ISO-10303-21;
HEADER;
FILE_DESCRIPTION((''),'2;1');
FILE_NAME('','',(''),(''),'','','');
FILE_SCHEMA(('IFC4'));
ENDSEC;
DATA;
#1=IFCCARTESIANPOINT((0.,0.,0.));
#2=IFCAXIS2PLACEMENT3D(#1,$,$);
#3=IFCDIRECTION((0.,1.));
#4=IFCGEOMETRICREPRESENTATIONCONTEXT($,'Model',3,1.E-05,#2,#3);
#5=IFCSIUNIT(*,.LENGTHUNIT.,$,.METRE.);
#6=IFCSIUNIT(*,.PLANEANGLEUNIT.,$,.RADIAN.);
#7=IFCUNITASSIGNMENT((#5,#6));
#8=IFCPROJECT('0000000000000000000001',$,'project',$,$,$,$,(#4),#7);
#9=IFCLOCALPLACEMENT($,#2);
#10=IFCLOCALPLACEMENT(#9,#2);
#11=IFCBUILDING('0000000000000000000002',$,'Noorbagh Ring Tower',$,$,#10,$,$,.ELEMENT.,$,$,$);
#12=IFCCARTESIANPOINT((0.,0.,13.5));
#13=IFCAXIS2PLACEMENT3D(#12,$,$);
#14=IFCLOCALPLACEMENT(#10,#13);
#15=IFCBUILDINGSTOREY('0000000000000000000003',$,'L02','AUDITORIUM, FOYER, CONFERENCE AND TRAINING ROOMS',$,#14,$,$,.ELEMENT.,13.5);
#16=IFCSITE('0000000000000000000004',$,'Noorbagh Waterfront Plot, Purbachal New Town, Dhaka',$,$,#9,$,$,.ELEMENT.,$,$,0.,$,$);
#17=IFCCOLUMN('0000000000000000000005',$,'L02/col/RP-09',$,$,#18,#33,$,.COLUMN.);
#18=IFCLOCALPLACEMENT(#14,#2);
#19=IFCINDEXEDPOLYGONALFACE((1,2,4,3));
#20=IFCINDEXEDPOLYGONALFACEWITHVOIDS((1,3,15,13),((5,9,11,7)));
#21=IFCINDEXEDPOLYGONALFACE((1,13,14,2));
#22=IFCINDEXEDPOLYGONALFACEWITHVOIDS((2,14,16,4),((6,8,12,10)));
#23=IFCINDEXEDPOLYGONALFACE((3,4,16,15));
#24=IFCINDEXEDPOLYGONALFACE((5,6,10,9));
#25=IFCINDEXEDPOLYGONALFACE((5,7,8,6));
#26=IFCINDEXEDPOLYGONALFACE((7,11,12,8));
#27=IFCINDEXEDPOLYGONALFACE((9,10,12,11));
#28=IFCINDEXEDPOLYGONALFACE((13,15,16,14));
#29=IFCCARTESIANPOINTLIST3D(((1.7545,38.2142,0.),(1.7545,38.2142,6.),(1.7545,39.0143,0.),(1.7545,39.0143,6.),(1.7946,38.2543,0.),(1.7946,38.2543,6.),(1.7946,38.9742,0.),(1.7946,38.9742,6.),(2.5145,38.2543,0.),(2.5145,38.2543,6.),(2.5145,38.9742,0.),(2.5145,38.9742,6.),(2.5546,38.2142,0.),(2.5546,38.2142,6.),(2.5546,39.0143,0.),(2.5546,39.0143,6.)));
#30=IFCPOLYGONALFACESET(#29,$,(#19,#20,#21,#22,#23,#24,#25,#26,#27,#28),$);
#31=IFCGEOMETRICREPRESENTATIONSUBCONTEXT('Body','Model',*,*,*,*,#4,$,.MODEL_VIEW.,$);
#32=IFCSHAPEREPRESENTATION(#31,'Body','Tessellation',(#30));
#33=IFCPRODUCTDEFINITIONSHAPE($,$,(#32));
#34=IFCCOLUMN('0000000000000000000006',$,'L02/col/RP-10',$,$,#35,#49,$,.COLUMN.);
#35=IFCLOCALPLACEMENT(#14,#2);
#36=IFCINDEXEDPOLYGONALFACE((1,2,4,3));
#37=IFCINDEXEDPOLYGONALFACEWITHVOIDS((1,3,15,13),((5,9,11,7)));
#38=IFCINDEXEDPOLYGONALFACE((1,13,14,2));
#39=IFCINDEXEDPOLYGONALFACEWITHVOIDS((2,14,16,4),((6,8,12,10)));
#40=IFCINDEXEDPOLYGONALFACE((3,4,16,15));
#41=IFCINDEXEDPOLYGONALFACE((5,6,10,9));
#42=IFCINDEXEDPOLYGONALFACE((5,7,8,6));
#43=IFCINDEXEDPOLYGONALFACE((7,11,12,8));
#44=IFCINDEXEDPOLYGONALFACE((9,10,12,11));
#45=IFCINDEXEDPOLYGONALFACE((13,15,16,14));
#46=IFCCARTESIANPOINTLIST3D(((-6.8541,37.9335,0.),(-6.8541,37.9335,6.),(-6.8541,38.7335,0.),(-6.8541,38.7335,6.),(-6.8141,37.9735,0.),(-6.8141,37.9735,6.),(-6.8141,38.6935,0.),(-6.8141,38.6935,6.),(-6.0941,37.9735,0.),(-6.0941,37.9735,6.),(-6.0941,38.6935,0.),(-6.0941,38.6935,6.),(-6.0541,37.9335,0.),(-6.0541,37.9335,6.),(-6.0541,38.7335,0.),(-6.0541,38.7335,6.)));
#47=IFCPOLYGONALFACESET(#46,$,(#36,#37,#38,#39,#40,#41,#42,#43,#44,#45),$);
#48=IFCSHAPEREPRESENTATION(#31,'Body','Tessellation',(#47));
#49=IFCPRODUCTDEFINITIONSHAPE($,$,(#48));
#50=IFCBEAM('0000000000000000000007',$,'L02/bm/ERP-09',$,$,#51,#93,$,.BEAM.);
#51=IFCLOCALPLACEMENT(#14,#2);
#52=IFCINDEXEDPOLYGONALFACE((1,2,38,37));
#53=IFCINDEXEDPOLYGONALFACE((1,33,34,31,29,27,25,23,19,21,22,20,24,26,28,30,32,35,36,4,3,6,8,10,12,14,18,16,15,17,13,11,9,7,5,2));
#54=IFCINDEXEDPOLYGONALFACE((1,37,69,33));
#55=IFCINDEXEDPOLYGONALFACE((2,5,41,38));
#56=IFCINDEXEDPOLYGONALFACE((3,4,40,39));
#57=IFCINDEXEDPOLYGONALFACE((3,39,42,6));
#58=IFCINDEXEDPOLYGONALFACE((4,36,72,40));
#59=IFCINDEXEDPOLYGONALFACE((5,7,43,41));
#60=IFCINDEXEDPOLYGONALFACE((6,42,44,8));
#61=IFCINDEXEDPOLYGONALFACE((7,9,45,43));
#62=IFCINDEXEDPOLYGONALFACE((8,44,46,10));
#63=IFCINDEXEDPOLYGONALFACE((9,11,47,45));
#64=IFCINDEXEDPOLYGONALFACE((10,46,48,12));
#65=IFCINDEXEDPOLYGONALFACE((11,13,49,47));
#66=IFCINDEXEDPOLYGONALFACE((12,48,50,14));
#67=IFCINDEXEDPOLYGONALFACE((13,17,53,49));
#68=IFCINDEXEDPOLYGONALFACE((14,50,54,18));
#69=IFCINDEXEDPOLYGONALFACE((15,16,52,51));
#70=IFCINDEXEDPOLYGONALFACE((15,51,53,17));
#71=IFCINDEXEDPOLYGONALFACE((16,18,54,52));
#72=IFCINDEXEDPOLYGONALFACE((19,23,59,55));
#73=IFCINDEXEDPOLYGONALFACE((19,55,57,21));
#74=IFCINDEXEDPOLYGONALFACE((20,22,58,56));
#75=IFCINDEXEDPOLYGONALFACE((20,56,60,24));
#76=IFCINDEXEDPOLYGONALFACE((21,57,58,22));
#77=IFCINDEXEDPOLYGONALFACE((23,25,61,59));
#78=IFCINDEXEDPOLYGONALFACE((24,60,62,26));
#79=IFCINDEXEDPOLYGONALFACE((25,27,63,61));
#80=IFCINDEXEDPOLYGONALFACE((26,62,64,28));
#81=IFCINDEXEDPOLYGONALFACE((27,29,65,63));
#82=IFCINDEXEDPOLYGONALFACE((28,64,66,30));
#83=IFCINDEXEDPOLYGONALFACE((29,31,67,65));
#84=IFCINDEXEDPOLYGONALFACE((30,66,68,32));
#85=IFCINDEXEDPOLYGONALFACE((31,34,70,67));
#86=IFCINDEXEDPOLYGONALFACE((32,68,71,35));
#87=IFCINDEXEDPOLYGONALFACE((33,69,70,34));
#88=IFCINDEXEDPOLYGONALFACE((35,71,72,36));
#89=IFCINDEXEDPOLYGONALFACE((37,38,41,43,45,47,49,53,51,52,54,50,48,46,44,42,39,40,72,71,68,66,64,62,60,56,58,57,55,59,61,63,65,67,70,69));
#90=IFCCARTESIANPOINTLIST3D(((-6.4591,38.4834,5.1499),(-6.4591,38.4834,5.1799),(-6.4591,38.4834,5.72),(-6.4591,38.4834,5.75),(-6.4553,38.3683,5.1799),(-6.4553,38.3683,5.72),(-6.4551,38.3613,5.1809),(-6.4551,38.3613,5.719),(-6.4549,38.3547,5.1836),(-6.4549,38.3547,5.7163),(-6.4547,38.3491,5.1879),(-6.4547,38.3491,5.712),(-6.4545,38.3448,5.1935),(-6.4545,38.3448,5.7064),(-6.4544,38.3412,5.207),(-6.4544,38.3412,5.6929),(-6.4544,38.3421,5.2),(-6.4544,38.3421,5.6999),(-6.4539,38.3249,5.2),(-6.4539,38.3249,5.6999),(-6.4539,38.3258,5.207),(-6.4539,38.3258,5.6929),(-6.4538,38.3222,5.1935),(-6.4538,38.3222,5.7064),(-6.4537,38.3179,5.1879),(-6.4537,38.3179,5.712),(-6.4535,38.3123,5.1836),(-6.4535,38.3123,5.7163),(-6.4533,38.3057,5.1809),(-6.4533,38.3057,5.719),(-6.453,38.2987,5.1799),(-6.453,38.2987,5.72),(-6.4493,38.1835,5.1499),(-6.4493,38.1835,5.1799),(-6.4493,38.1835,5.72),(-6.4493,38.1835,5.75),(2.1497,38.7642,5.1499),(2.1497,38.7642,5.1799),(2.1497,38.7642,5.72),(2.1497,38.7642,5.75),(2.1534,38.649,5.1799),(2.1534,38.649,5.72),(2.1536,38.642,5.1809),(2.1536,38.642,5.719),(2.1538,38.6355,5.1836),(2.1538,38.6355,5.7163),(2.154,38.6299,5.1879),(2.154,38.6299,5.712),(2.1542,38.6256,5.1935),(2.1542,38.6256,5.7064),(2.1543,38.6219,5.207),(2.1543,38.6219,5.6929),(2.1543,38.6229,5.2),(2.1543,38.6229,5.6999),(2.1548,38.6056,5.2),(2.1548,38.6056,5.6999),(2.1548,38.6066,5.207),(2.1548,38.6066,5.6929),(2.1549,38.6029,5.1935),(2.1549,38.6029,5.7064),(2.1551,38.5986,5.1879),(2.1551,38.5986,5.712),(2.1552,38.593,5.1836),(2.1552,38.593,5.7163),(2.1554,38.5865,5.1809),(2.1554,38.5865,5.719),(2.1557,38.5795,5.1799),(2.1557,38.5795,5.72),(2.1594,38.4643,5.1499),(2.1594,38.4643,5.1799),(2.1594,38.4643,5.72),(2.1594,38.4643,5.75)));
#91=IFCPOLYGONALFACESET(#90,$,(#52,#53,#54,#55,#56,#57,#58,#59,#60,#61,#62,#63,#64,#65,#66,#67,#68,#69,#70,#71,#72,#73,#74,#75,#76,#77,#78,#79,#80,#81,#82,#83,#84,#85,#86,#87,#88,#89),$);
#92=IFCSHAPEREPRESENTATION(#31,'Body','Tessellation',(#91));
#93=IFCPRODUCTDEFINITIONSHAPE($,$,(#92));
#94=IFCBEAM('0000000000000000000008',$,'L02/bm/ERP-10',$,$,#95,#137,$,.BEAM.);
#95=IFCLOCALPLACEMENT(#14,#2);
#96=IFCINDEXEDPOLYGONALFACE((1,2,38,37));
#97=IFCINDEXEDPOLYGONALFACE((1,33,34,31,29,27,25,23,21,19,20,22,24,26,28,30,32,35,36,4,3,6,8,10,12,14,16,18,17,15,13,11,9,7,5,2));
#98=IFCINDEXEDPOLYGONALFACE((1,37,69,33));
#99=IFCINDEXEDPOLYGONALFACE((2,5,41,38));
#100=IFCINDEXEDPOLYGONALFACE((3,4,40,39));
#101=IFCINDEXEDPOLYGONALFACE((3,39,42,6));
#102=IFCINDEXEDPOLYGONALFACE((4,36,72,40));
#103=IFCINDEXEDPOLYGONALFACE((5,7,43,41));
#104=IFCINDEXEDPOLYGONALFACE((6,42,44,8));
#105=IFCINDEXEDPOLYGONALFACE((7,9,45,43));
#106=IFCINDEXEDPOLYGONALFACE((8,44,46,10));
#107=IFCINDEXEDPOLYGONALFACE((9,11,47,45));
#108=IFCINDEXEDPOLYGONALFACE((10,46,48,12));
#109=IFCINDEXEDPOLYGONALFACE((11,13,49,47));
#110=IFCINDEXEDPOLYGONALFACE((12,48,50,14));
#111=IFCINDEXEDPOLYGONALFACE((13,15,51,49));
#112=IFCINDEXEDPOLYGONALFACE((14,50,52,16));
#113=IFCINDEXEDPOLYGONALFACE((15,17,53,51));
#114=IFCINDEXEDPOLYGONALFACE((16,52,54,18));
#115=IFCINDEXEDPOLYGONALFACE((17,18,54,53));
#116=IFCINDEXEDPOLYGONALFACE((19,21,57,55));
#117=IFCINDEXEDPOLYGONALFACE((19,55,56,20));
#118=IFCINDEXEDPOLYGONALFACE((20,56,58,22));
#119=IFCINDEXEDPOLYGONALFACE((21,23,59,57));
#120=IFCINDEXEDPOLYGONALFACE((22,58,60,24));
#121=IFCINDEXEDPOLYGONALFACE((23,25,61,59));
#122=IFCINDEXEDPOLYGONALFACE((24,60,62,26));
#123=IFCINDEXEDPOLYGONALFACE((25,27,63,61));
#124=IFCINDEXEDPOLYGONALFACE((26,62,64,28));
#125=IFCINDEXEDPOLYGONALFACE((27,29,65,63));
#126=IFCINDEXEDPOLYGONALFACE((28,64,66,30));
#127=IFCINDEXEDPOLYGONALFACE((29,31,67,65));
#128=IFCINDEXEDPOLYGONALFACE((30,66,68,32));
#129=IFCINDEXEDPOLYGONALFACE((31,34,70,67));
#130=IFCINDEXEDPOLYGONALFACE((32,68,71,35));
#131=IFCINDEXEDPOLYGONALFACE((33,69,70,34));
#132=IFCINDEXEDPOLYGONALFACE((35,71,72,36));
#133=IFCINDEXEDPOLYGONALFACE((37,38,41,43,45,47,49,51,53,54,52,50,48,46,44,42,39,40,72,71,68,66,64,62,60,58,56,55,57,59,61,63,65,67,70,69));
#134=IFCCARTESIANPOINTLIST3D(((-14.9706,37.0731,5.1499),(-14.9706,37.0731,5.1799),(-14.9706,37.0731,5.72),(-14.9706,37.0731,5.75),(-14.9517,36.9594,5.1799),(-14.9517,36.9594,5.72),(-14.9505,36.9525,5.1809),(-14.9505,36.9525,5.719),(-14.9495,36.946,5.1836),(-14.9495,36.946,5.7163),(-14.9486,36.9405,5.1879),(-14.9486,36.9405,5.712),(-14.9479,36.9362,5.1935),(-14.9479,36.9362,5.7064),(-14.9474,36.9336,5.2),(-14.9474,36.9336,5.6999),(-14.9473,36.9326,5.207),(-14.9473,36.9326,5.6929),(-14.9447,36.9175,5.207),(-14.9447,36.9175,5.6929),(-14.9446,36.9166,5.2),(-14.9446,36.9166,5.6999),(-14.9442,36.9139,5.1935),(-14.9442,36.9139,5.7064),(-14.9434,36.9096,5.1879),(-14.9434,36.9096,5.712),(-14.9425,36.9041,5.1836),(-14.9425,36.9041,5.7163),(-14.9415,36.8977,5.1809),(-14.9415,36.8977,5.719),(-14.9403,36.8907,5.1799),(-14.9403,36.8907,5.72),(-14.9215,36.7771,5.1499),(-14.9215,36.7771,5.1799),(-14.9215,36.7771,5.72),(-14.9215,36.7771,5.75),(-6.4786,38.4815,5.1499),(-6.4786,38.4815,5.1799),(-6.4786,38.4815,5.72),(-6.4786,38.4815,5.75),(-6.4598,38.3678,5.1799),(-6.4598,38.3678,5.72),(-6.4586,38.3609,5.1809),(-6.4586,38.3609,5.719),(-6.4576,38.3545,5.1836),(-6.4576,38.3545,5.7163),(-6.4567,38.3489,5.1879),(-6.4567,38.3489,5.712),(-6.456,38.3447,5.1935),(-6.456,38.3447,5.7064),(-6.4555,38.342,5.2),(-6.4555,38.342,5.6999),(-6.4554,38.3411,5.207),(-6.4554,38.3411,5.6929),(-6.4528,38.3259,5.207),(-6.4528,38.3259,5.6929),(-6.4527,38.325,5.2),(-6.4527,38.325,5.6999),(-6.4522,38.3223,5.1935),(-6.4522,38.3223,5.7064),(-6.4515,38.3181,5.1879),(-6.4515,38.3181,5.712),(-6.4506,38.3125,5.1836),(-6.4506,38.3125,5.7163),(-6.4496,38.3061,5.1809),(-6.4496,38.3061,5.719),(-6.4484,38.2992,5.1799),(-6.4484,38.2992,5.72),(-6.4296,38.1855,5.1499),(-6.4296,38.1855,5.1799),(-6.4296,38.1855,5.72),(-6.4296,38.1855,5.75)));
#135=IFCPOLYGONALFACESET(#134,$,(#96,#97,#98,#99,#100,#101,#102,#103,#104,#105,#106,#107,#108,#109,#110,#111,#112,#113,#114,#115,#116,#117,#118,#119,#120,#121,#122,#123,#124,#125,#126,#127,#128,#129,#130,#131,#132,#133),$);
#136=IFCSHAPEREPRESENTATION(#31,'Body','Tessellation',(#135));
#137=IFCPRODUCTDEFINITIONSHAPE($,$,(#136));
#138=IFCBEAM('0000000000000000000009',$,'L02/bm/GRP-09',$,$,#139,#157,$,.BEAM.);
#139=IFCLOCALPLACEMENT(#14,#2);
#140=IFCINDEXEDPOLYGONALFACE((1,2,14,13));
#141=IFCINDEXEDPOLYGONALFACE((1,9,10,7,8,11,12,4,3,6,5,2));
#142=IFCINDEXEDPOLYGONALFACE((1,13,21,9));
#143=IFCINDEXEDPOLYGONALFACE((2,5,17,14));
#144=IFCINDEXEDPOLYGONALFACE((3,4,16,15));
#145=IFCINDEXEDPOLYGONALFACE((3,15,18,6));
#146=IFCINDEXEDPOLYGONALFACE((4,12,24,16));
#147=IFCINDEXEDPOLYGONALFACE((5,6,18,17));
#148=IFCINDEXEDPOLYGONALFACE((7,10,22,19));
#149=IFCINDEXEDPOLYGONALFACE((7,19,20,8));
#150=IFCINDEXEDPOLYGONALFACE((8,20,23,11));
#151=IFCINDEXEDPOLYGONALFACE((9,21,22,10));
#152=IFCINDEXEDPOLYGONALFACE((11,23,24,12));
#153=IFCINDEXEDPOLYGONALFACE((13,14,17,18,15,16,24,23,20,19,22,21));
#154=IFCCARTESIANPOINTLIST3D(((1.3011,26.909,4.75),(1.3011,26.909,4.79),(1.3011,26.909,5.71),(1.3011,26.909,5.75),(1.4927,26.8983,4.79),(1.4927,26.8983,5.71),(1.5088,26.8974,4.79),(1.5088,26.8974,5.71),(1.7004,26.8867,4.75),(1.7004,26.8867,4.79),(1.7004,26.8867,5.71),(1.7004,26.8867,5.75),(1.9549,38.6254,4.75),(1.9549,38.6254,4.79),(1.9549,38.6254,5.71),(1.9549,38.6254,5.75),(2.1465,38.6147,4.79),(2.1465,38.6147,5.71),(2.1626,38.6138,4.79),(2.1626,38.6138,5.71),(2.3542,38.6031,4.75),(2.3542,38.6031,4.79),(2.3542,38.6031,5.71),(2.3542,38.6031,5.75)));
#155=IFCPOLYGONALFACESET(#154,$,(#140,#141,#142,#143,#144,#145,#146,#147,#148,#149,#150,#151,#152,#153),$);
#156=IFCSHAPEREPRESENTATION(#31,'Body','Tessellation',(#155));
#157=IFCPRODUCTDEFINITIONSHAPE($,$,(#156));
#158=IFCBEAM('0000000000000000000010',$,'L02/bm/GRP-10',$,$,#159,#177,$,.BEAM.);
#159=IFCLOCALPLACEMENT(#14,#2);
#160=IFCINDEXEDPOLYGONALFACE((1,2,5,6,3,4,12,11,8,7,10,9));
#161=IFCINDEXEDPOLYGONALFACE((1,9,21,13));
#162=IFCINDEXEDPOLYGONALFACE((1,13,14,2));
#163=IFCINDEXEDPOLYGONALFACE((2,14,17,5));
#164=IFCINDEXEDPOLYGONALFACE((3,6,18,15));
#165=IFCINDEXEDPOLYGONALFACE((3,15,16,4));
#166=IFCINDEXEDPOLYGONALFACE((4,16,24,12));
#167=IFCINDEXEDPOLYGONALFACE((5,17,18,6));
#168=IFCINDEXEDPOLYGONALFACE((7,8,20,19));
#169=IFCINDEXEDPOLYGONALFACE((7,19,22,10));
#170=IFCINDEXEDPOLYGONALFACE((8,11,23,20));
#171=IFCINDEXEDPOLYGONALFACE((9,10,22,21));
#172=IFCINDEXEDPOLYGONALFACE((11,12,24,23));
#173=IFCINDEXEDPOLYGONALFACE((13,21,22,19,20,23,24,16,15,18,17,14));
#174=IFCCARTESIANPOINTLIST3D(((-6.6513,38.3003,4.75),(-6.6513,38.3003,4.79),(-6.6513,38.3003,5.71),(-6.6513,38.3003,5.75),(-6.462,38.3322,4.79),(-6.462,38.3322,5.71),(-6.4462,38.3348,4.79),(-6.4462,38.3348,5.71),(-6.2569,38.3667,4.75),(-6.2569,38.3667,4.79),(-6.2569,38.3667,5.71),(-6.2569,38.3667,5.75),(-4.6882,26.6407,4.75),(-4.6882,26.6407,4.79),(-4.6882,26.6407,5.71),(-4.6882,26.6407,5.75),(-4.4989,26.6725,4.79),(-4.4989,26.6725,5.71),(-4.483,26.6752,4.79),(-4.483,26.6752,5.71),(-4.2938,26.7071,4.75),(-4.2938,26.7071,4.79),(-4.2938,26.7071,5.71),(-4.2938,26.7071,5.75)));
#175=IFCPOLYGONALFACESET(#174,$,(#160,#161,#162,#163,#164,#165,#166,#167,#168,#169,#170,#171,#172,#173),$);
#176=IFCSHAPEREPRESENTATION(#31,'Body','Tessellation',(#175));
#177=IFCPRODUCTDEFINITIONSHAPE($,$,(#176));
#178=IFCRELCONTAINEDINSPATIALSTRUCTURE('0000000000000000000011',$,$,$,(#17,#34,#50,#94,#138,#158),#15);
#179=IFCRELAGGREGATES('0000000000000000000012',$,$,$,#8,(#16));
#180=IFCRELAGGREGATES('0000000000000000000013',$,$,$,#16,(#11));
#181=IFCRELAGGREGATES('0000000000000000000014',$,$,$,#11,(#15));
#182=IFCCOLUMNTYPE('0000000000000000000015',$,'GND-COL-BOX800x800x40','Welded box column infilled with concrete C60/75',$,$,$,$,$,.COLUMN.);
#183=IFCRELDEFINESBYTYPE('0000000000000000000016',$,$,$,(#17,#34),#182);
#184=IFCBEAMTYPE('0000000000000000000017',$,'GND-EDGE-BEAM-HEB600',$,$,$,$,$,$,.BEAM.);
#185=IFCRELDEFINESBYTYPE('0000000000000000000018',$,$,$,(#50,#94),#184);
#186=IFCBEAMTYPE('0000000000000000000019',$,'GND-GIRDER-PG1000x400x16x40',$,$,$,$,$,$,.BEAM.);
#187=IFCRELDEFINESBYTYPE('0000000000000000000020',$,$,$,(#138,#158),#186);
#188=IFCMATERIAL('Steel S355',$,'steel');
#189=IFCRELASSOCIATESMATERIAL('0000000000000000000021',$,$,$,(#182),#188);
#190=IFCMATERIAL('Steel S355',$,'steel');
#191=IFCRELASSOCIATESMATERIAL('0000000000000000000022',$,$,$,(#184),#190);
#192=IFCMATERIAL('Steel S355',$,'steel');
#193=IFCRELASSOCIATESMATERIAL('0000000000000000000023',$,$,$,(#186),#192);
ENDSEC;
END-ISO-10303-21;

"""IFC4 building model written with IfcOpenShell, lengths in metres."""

from ifc_helpers import new_model, si_unit, direction, frame, origin, origin_2d, place, context, subcontext, project, spatial, hollow_rectangle, i_section, extrude, material, material_profile, profile_set, type_object, element, save


model = new_model("IFC4")

# Units and contexts
model_context = context("Model", 3, precision=1e-05, world=origin(), true_north=direction((0.0, 1.0)))
body_context = subcontext(model_context, "Body", "Model", "MODEL_VIEW")
ifc_project = project(units=[si_unit("LENGTHUNIT", "METRE"), si_unit("PLANEANGLEUNIT", "RADIAN")], contexts=[model_context])

# Site, building, storey
site_placement = place(None, origin())
site = spatial("IfcSite", under=ifc_project, at=site_placement, Name="Noorbagh Waterfront Plot, Purbachal New Town, Dhaka", CompositionType="ELEMENT", RefElevation=0.0)
building_placement = place(site_placement, origin())
building = spatial("IfcBuilding", under=site, at=building_placement, Name="Noorbagh Ring Tower", CompositionType="ELEMENT")
storey_placement = place(building_placement, frame((0.0, 0.0, 13.5)))
storey = spatial("IfcBuildingStorey", under=building, at=storey_placement, Name="L02", Description="AUDITORIUM, FOYER, CONFERENCE AND TRAINING ROOMS", CompositionType="ELEMENT", Elevation=13.5)

# Columns
ifc_material_1 = material(Name="Steel S355", Category="steel")
ifc_material_profile_1 = material_profile(ifc_material_1, hollow_rectangle(XDim=0.8, YDim=0.8, WallThickness=0.04, at=origin_2d()), Name="BOX800x800x40")
ifc_profile_set_1 = profile_set([ifc_material_profile_1], Name="Steel S355")
column_type = type_object("IfcColumnType", Name="GND-COL-BOX800x800x40", Description="Welded box column infilled with concrete C60/75", PredefinedType="COLUMN", material=ifc_profile_set_1)
for number, where, z_axis, x_axis, name in (
    (1, (2.1545, 38.6143, 0.0), (0.0, 0.0, 1.0), (1.0, 0.0, 0.0), "L02/col/RP-09"),
    (2, (-6.4541, 38.3335, 0.0), (0.0, 0.0, 1.0), (1.0, 0.0, 0.0), "L02/col/RP-10"),
):
    element("IfcColumn", number, at=place(storey_placement, frame(where, z_axis=z_axis, x_axis=x_axis)), inside=storey, type_object=column_type, Name=name, PredefinedType="COLUMN", context=body_context, shape_type="SweptSolid", body=[
        extrude(hollow_rectangle(XDim=0.8, YDim=0.8, WallThickness=0.04, at=origin_2d()), origin(), (0.0, 0.0, 1.0), 6.0),
    ])

# Beams
ifc_material_2 = material(Name="Steel S355", Category="steel")
ifc_material_profile_2 = material_profile(ifc_material_2, i_section(OverallWidth=0.3, OverallDepth=0.6001, WebThickness=0.0154, FlangeThickness=0.03, FilletRadius=0.0271, at=origin_2d()), Name="HEB600")
ifc_profile_set_2 = profile_set([ifc_material_profile_2], Name="Steel S355")
beam_type_1 = type_object("IfcBeamType", Name="GND-EDGE-BEAM-HEB600", PredefinedType="BEAM", material=ifc_profile_set_2)
beam_1_placement = place(storey_placement, frame((2.1545, 38.6143, 5.45), z_axis=(-0.999469, -0.032597, 0.0), x_axis=(0.032597, -0.999469, 0.0)))
element("IfcBeam", 3, at=beam_1_placement, inside=storey, type_object=beam_type_1, Name="L02/bm/ERP-09", PredefinedType="BEAM", context=body_context, shape_type="SweptSolid", body=[
    extrude(i_section(OverallWidth=0.3, OverallDepth=0.6001, WebThickness=0.0154, FlangeThickness=0.03, FilletRadius=0.0271, at=origin_2d()), origin(), (0.0, 0.0, 1.0), 8.6133),
])
beam_2_placement = place(storey_placement, frame((-6.4541, 38.3335, 5.45), z_axis=(-0.986523, -0.163622, 0.0), x_axis=(0.163622, -0.986523, 0.0)))
element("IfcBeam", 4, at=beam_2_placement, inside=storey, type_object=beam_type_1, Name="L02/bm/ERP-10", PredefinedType="BEAM", context=body_context, shape_type="SweptSolid", body=[
    extrude(i_section(OverallWidth=0.3, OverallDepth=0.6001, WebThickness=0.0154, FlangeThickness=0.03, FilletRadius=0.0271, at=origin_2d()), origin(), (0.0, 0.0, 1.0), 8.6079),
])
ifc_material_3 = material(Name="Steel S355", Category="steel")
ifc_material_profile_3 = material_profile(ifc_material_3, i_section(OverallWidth=0.3999, OverallDepth=1.0, WebThickness=0.0161, FlangeThickness=0.04, at=origin_2d()), Name="PG1000x400x16x40")
ifc_profile_set_3 = profile_set([ifc_material_profile_3], Name="Steel S355")
beam_type_2 = type_object("IfcBeamType", Name="GND-GIRDER-PG1000x400x16x40", PredefinedType="BEAM", material=ifc_profile_set_3)
beam_3_placement = place(storey_placement, frame((2.1545, 38.6143, 5.25), z_axis=(-0.055717, -0.998447, 0.0), x_axis=(0.998447, -0.055717, 0.0)))
element("IfcBeam", 5, at=beam_3_placement, inside=storey, type_object=beam_type_2, Name="L02/bm/GRP-09", PredefinedType="BEAM", context=body_context, shape_type="SweptSolid", body=[
    extrude(i_section(OverallWidth=0.3999, OverallDepth=1.0, WebThickness=0.0161, FlangeThickness=0.04, at=origin_2d()), origin(), (0.0, 0.0, 1.0), 11.7346),
])
beam_4_placement = place(storey_placement, frame((-6.4541, 38.3335, 5.25), z_axis=(0.166033, -0.98612, 0.0), x_axis=(0.98612, 0.166033, 0.0)))
element("IfcBeam", 6, at=beam_4_placement, inside=storey, type_object=beam_type_2, Name="L02/bm/GRP-10", PredefinedType="BEAM", context=body_context, shape_type="SweptSolid", body=[
    extrude(i_section(OverallWidth=0.3999, OverallDepth=1.0, WebThickness=0.0161, FlangeThickness=0.04, at=origin_2d()), origin(), (0.0, 0.0, 1.0), 11.8237),
])

save(model, "model.ifc")
